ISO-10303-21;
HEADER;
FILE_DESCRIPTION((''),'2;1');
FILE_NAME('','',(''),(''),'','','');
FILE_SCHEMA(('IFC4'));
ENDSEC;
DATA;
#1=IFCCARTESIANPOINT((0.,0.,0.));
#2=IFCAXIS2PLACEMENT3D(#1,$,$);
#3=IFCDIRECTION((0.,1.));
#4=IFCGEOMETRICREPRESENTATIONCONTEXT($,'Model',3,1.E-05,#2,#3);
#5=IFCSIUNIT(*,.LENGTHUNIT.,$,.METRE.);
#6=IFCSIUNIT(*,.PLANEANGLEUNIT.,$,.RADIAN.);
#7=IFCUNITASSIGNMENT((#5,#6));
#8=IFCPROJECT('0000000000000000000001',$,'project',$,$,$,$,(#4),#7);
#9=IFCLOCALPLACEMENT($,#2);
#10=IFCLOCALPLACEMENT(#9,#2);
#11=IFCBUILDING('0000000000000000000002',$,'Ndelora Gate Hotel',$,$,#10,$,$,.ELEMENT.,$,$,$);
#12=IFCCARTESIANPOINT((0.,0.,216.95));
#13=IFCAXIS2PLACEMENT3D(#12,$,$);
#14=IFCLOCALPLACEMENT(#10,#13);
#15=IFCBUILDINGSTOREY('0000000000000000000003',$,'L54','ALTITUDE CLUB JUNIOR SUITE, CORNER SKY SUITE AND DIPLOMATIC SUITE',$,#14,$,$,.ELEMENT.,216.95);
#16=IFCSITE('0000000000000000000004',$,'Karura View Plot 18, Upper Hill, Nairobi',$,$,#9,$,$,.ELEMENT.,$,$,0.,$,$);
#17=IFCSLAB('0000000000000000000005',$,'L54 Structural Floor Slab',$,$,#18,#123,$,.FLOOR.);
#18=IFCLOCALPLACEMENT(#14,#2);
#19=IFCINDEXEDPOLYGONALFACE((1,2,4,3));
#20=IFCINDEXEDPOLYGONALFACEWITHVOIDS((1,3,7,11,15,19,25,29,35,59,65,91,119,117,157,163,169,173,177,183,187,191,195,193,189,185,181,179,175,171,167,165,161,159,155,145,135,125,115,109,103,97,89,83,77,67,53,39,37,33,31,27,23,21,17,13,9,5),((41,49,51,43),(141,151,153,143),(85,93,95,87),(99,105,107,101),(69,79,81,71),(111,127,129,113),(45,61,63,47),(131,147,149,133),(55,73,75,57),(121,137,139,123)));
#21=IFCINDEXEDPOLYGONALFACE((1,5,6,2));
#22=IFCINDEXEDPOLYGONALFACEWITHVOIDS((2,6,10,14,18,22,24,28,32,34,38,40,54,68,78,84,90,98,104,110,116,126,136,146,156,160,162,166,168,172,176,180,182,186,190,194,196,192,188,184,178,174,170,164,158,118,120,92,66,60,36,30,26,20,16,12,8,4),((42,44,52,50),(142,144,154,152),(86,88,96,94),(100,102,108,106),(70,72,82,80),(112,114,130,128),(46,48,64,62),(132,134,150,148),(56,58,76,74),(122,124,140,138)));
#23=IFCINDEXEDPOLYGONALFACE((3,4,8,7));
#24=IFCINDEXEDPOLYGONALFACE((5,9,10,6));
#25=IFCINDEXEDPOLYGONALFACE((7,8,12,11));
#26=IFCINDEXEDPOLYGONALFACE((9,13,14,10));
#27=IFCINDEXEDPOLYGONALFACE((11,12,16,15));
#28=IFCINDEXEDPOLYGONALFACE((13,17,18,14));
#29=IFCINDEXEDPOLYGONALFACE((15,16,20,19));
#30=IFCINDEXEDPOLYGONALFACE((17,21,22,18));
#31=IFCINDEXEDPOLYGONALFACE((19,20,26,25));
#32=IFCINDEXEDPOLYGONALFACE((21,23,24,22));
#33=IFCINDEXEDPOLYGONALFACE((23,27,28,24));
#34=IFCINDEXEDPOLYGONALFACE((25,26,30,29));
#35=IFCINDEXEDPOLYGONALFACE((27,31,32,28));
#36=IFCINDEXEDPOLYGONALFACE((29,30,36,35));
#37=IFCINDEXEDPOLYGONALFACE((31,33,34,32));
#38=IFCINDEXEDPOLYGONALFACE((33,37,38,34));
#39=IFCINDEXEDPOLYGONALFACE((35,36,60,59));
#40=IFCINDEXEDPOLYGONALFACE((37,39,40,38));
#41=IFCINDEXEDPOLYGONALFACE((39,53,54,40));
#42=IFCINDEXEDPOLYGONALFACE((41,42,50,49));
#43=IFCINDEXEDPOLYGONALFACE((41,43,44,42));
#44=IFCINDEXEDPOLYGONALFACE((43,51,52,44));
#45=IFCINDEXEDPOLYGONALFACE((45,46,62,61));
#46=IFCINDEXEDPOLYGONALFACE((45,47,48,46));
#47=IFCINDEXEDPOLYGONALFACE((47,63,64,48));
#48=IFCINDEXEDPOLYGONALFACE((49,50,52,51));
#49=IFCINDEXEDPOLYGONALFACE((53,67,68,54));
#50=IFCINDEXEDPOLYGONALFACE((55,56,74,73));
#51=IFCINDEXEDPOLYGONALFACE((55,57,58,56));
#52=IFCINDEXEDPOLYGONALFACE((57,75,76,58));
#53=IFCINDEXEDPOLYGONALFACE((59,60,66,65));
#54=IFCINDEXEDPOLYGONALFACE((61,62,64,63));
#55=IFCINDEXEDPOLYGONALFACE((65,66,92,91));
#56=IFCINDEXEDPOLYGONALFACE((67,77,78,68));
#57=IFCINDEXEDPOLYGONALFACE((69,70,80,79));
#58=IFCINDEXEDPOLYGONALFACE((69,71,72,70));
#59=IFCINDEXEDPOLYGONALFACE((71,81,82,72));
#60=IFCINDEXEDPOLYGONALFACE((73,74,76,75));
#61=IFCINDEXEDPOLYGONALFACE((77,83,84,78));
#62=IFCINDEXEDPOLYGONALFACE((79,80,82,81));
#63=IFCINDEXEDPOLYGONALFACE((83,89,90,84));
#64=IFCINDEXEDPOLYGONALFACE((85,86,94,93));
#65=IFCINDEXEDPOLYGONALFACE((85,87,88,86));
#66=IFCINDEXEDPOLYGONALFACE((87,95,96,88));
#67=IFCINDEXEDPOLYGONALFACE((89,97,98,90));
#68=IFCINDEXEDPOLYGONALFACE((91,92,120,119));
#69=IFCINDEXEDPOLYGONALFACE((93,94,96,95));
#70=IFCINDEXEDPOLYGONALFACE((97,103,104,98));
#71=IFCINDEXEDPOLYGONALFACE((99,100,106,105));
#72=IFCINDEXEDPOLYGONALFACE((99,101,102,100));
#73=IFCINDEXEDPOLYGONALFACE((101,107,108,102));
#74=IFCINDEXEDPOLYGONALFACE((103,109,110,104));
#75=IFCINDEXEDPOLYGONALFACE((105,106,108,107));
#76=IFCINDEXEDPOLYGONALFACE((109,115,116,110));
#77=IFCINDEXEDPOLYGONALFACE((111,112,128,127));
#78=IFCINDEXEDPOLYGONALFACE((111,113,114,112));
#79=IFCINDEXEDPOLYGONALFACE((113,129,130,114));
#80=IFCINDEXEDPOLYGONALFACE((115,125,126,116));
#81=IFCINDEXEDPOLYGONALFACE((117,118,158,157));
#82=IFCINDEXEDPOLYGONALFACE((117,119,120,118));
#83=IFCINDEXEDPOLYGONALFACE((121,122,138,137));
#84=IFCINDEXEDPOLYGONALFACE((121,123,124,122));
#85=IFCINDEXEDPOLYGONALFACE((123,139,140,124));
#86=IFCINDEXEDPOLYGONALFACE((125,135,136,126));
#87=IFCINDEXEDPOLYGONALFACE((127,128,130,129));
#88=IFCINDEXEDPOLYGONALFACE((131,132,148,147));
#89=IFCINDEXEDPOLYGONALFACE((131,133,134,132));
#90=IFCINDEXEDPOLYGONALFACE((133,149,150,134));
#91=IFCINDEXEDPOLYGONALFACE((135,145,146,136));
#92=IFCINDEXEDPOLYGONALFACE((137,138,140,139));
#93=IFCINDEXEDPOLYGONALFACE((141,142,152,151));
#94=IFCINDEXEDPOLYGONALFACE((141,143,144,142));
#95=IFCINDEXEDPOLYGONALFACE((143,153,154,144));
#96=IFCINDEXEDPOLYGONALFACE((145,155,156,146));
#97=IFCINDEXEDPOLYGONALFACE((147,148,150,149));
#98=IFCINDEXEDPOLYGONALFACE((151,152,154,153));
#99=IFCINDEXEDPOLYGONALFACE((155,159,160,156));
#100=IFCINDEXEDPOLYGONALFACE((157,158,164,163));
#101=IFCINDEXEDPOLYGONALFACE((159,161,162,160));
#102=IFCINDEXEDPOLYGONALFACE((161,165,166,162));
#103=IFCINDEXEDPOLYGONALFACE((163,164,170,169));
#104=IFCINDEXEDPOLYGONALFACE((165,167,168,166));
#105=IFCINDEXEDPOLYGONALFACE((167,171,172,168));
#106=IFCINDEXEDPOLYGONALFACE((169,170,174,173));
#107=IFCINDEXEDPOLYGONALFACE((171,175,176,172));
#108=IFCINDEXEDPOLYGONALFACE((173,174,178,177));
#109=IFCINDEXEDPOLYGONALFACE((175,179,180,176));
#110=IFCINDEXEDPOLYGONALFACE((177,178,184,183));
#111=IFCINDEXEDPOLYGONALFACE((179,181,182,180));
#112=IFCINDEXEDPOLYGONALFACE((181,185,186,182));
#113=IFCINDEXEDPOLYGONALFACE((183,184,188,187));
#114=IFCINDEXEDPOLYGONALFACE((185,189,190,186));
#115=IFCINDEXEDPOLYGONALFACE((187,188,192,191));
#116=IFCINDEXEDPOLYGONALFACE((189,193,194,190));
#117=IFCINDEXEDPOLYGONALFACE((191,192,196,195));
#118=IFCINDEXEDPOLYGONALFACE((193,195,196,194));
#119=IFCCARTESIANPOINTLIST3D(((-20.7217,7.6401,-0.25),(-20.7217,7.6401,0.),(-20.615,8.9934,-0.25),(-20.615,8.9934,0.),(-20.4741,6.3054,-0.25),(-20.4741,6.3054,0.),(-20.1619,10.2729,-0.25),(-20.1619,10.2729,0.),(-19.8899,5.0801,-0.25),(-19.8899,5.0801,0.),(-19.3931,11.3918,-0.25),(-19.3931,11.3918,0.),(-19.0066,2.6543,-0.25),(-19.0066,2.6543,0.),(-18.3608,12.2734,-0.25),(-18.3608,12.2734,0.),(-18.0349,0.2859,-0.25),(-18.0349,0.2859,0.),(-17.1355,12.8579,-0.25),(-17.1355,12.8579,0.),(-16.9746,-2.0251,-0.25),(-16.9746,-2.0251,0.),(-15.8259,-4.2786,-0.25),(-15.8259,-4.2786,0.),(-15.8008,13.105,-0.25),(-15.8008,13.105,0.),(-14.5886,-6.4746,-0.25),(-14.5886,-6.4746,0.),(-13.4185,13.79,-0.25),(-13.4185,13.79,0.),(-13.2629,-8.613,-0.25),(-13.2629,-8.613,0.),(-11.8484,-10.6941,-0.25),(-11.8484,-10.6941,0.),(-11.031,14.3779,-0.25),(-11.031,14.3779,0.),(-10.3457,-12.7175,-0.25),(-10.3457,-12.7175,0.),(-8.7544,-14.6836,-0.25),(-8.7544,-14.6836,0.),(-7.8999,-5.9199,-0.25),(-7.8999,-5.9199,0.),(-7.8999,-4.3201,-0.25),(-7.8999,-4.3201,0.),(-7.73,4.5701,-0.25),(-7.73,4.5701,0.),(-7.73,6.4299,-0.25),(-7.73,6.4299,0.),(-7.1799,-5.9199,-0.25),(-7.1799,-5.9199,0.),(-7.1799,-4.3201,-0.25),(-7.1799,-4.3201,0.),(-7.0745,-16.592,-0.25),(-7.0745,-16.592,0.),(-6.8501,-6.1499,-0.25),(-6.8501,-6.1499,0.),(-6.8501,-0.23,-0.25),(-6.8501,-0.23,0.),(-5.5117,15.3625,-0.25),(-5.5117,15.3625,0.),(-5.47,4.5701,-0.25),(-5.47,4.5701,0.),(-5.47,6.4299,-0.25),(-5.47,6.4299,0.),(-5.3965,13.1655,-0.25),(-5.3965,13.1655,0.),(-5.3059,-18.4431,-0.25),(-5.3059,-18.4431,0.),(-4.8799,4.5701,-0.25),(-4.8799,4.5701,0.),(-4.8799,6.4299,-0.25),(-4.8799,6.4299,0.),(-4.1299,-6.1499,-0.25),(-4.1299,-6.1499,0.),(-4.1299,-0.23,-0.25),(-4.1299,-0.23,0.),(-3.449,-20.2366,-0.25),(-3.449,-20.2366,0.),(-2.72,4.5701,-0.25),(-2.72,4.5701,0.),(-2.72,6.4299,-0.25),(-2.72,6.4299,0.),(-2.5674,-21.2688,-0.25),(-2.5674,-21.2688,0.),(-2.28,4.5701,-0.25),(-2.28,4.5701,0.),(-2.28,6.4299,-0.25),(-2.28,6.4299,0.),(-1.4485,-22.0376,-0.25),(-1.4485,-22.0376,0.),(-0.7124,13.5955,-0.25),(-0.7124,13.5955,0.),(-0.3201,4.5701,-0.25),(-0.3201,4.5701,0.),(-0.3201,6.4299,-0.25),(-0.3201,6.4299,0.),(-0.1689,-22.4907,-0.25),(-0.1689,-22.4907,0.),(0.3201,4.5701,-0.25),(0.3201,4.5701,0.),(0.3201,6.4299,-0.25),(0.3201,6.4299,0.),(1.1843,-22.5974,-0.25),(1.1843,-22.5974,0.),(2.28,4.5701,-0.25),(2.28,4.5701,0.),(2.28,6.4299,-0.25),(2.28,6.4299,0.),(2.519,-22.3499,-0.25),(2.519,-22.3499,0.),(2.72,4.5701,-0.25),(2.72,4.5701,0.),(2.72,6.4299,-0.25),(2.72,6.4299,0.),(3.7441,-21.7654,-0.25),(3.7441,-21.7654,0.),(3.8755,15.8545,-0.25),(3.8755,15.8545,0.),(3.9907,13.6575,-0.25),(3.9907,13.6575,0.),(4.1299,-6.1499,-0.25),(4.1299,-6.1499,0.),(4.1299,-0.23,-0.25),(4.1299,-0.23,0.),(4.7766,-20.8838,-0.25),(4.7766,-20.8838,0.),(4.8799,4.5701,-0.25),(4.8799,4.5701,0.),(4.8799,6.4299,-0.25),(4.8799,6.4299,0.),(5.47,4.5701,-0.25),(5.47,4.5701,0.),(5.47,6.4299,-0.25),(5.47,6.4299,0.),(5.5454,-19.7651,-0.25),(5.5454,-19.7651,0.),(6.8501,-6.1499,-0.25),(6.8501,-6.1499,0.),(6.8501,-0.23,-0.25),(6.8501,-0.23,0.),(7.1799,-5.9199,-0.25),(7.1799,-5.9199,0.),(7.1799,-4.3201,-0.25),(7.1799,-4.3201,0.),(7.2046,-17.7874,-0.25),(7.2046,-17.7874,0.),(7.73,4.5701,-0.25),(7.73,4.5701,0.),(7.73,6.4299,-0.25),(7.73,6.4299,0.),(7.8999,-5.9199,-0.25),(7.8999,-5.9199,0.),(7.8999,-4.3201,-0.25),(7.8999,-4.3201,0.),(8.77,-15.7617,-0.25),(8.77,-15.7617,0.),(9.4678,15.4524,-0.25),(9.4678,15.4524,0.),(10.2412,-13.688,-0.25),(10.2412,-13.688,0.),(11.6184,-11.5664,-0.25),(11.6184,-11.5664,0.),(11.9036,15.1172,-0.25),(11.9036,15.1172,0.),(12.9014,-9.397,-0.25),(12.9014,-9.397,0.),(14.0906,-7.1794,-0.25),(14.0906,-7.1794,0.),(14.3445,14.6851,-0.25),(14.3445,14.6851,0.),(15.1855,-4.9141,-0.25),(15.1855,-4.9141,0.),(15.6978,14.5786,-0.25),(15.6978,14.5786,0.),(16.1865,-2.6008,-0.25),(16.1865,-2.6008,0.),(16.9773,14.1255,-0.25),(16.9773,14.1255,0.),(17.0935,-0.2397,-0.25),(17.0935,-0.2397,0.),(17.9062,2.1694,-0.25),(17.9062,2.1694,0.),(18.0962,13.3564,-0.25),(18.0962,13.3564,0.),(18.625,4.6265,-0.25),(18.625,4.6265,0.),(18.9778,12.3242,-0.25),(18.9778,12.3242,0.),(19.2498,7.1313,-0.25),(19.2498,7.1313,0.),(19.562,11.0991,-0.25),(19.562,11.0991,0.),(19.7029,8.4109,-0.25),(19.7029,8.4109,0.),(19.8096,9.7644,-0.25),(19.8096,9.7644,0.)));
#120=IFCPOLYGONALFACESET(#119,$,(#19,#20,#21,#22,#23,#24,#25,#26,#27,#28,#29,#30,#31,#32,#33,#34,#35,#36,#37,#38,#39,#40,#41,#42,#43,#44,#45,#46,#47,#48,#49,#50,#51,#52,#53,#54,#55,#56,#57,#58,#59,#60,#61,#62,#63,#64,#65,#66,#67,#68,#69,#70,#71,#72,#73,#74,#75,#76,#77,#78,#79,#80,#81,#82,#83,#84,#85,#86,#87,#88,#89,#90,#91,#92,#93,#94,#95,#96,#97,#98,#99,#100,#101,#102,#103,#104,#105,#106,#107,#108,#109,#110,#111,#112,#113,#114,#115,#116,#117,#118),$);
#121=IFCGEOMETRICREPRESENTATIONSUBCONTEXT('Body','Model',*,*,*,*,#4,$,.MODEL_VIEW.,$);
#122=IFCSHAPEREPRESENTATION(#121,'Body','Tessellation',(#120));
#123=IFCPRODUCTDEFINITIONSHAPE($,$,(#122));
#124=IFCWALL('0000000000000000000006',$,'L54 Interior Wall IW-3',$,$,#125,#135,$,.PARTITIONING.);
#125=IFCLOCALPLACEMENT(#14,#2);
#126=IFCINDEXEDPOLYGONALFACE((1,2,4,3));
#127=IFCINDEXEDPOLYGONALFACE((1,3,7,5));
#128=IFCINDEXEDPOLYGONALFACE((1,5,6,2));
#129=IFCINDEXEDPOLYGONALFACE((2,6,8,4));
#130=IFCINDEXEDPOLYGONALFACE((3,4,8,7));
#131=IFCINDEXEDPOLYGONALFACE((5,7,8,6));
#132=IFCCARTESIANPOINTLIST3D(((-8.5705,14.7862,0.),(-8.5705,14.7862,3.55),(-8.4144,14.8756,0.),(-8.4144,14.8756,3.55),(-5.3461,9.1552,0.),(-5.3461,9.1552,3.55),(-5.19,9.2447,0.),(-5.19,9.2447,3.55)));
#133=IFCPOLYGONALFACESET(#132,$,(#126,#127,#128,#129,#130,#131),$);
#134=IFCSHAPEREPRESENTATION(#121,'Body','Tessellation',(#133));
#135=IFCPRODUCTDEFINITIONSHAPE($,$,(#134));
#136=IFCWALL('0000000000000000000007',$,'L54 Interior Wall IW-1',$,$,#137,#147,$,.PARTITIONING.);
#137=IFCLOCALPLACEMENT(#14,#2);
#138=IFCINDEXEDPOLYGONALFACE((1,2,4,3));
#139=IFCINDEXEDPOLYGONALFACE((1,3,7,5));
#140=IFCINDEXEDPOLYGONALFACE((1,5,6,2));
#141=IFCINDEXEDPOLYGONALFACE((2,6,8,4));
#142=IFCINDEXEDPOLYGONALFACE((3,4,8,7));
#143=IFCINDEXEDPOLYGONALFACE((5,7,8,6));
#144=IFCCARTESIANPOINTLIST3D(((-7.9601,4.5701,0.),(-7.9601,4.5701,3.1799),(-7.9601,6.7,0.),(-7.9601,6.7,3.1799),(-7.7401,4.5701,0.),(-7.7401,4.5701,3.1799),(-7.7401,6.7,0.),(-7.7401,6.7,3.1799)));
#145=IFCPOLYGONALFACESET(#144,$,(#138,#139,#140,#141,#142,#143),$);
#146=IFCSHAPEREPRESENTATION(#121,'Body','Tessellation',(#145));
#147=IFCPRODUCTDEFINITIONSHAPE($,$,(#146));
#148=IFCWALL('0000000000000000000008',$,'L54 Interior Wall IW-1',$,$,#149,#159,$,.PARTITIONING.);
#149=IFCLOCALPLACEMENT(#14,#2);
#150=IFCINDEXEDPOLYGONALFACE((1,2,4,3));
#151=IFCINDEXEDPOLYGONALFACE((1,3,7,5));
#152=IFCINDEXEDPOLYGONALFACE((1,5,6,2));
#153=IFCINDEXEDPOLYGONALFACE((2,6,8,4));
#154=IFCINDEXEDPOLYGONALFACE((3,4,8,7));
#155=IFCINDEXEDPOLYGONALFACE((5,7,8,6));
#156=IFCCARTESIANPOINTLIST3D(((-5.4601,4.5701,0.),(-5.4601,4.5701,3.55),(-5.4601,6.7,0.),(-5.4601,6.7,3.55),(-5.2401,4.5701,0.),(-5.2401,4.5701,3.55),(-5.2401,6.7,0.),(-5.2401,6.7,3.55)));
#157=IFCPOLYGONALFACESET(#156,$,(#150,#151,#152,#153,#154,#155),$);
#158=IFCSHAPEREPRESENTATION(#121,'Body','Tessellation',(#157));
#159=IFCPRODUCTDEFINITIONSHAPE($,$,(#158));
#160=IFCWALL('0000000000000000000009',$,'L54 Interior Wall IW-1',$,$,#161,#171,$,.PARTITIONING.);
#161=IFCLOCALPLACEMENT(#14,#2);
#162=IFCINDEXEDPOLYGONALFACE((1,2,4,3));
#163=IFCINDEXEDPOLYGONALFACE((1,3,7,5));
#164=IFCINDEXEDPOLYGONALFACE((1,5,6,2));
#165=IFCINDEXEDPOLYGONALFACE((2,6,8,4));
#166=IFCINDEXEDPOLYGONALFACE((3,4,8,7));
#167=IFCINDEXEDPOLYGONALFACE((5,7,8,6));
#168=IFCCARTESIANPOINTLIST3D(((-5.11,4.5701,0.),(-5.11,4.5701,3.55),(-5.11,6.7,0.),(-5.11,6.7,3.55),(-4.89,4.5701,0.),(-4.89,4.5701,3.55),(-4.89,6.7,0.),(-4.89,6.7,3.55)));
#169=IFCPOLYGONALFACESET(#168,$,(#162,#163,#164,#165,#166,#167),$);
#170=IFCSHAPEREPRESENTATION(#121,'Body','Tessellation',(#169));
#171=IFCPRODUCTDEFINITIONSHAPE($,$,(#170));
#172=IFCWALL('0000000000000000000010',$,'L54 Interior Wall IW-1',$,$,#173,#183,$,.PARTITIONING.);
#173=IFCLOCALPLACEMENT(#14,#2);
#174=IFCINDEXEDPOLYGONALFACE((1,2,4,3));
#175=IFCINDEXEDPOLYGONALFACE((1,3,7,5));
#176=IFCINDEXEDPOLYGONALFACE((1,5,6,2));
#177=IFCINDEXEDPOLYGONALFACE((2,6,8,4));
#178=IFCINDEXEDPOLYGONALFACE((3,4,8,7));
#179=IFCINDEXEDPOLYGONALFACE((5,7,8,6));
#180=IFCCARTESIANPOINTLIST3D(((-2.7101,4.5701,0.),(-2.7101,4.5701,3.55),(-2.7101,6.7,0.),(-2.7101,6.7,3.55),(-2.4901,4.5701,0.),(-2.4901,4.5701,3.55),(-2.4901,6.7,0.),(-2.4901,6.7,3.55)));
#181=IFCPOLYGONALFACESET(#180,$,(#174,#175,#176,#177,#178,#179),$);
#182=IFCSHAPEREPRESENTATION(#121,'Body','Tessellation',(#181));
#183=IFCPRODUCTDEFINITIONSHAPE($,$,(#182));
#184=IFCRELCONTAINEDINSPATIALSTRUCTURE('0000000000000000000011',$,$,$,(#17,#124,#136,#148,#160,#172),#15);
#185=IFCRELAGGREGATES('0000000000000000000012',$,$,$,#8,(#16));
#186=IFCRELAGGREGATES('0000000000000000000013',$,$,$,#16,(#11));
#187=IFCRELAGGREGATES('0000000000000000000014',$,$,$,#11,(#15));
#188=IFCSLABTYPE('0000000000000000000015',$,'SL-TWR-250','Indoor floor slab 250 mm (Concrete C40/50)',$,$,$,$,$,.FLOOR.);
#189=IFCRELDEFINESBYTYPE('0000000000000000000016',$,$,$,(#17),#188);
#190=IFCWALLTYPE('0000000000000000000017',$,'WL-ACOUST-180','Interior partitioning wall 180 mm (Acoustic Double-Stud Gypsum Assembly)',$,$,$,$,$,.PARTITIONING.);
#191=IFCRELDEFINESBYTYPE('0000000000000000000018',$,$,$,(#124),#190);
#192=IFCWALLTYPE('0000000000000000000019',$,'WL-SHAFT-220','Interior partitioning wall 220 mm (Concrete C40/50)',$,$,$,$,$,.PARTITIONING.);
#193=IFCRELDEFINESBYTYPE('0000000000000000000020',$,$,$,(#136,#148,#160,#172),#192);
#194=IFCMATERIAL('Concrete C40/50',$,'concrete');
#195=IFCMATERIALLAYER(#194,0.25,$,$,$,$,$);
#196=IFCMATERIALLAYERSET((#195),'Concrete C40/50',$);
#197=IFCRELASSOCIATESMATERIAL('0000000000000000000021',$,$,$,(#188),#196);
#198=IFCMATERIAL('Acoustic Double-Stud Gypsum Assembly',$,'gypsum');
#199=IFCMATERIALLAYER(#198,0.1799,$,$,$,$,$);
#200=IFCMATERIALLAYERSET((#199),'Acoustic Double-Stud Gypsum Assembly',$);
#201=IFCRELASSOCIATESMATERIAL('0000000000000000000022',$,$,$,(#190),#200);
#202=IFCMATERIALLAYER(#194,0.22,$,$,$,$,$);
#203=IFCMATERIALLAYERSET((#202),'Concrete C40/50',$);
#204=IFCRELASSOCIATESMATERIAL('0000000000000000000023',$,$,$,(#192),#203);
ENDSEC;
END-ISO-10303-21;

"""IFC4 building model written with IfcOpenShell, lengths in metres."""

from ifc_helpers import new_model, si_unit, direction, frame, frame_2d, origin, place, context, subcontext, project, spatial, polyline, rectangle, outline, extrude, material, layer, layer_set, type_object, element, save


model = new_model("IFC4")

# Units and contexts
model_context = context("Model", 3, precision=1e-05, world=origin(), true_north=direction((0.0, 1.0)))
body_context = subcontext(model_context, "Body", "Model", "MODEL_VIEW")
ifc_project = project(units=[si_unit("LENGTHUNIT", "METRE"), si_unit("PLANEANGLEUNIT", "RADIAN")], contexts=[model_context])

# Site, building, storey
site_placement = place(None, origin())
site = spatial("IfcSite", under=ifc_project, at=site_placement, Name="Karura View Plot 18, Upper Hill, Nairobi", CompositionType="ELEMENT", RefElevation=0.0)
building_placement = place(site_placement, origin())
building = spatial("IfcBuilding", under=site, at=building_placement, Name="Ndelora Gate Hotel", CompositionType="ELEMENT")
storey_placement = place(building_placement, frame((0.0, 0.0, 216.95)))
storey = spatial("IfcBuildingStorey", under=building, at=storey_placement, Name="L54", Description="ALTITUDE CLUB JUNIOR SUITE, CORNER SKY SUITE AND DIPLOMATIC SUITE", CompositionType="ELEMENT", Elevation=216.95)

# Slab
ifc_material_1 = material(Name="Concrete C40/50", Category="concrete")
ifc_layer_1 = layer(ifc_material_1, 0.25)
ifc_layer_set_1 = layer_set([ifc_layer_1], Name="Concrete C40/50")
slab_type_1 = type_object("IfcSlabType", Name="SL-TWR-250", Description="Indoor floor slab 250 mm (Concrete C40/50)", PredefinedType="FLOOR", material=ifc_layer_set_1)
slab_1_placement = place(storey_placement, frame((0.0, 0.0, -0.25)))
element("IfcSlab", 1, at=slab_1_placement, inside=storey, type_object=slab_type_1, Name="L54 Structural Floor Slab", PredefinedType="FLOOR", context=body_context, shape_type="SweptSolid", body=[
    extrude(outline(polyline([(-15.8008, 13.105), (-17.1355, 12.8579), (-18.3608, 12.2734), (-19.3931, 11.3918), (-20.1619, 10.2729), (-20.615, 8.9934), (-20.7217, 7.6401), (-20.4741, 6.3054), (-19.8899, 5.0801), (-19.0066, 2.6543), (-18.0349, 0.2859), (-16.9746, -2.0251), (-15.8259, -4.2786), (-14.5886, -6.4746), (-13.2629, -8.613), (-11.8484, -10.6941), (-10.3457, -12.7175), (-8.7544, -14.6836), (-7.0745, -16.592), (-5.3059, -18.4431), (-3.449, -20.2366), (-2.5674, -21.2688), (-1.4485, -22.0376), (-0.1689, -22.4907), (1.1843, -22.5974), (2.519, -22.3499), (3.7441, -21.7654), (4.7766, -20.8838), (5.5454, -19.7651), (7.2046, -17.7874), (8.77, -15.7617), (10.2412, -13.688), (11.6184, -11.5664), (12.9014, -9.397), (14.0906, -7.1794), (15.1855, -4.9141), (16.1865, -2.6008), (17.0935, -0.2397), (17.9062, 2.1694), (18.625, 4.6265), (19.2498, 7.1313), (19.7029, 8.4109), (19.8096, 9.7644), (19.562, 11.0991), (18.9778, 12.3242), (18.0962, 13.3564), (16.9773, 14.1255), (15.6978, 14.5786), (14.3445, 14.6851), (11.9036, 15.1172), (9.4678, 15.4524), (3.8755, 15.8545), (3.9907, 13.6575), (-0.7124, 13.5955), (-5.3965, 13.1655), (-5.5117, 15.3625), (-11.031, 14.3779), (-13.4185, 13.79), (-15.8008, 13.105)]), holes=[polyline([(-6.8501, -0.23), (-6.8501, -6.1499), (-4.1299, -6.1499), (-4.1299, -0.23), (-6.8501, -0.23)]), polyline([(4.1299, -0.23), (4.1299, -6.1499), (6.8501, -6.1499), (6.8501, -0.23), (4.1299, -0.23)]), polyline([(-7.73, 4.5701), (-5.47, 4.5701), (-5.47, 6.4299), (-7.73, 6.4299), (-7.73, 4.5701)]), polyline([(5.47, 4.5701), (7.73, 4.5701), (7.73, 6.4299), (5.47, 6.4299), (5.47, 4.5701)]), polyline([(-4.8799, 4.5701), (-2.72, 4.5701), (-2.72, 6.4299), (-4.8799, 6.4299), (-4.8799, 4.5701)]), polyline([(2.72, 4.5701), (4.8799, 4.5701), (4.8799, 6.4299), (2.72, 6.4299), (2.72, 4.5701)]), polyline([(-2.28, 4.5701), (-0.3201, 4.5701), (-0.3201, 6.4299), (-2.28, 6.4299), (-2.28, 4.5701)]), polyline([(0.3201, 4.5701), (2.28, 4.5701), (2.28, 6.4299), (0.3201, 6.4299), (0.3201, 4.5701)]), polyline([(-7.8999, -5.9199), (-7.1799, -5.9199), (-7.1799, -4.3201), (-7.8999, -4.3201), (-7.8999, -5.9199)]), polyline([(7.1799, -5.9199), (7.8999, -5.9199), (7.8999, -4.3201), (7.1799, -4.3201), (7.1799, -5.9199)])]), origin(), (0.0, 0.0, 1.0), 0.25),
])

# Wall
ifc_material_2 = material(Name="Acoustic Double-Stud Gypsum Assembly", Category="gypsum")
ifc_layer_2 = layer(ifc_material_2, 0.1799)
ifc_layer_set_2 = layer_set([ifc_layer_2], Name="Acoustic Double-Stud Gypsum Assembly")
wall_type_1 = type_object("IfcWallType", Name="WL-ACOUST-180", Description="Interior partitioning wall 180 mm (Acoustic Double-Stud Gypsum Assembly)", PredefinedType="PARTITIONING", material=ifc_layer_set_2)
wall_1_placement = place(storey_placement, frame((-5.2681, 9.2, 0.0), z_axis=(0.0, 0.0, 1.0), x_axis=(-0.496921, 0.867796, 0.0)))
element("IfcWall", 2, at=wall_1_placement, inside=storey, type_object=wall_type_1, Name="L54 Interior Wall IW-3", PredefinedType="PARTITIONING", context=body_context, shape_type="SweptSolid", body=[
    extrude(rectangle(XDim=6.4888, YDim=0.1799, at=frame_2d((3.2444, 0.0))), origin(), (0.0, 0.0, 1.0), 3.55),
])

# Walls
ifc_layer_3 = layer(ifc_material_1, 0.22)
ifc_layer_set_3 = layer_set([ifc_layer_3], Name="Concrete C40/50")
wall_type_2 = type_object("IfcWallType", Name="WL-SHAFT-220", Description="Interior partitioning wall 220 mm (Concrete C40/50)", PredefinedType="PARTITIONING", material=ifc_layer_set_3)
wall_2_placement = place(storey_placement, frame((-7.8501, 4.5701, 0.0), z_axis=(0.0, 0.0, 1.0), x_axis=(0.0, 1.0, 0.0)))
element("IfcWall", 3, at=wall_2_placement, inside=storey, type_object=wall_type_2, Name="L54 Interior Wall IW-1", PredefinedType="PARTITIONING", context=body_context, shape_type="SweptSolid", body=[
    extrude(rectangle(XDim=2.1299, YDim=0.22, at=frame_2d((1.0649, 0.0))), origin(), (0.0, 0.0, 1.0), 3.1799),
])
wall_3_placement = place(storey_placement, frame((-5.3501, 4.5701, 0.0), z_axis=(0.0, 0.0, 1.0), x_axis=(0.0, 1.0, 0.0)))
element("IfcWall", 4, at=wall_3_placement, inside=storey, type_object=wall_type_2, Name="L54 Interior Wall IW-1", PredefinedType="PARTITIONING", context=body_context, shape_type="SweptSolid", body=[
    extrude(rectangle(XDim=2.1299, YDim=0.22, at=frame_2d((1.0649, 0.0))), origin(), (0.0, 0.0, 1.0), 3.55),
])

# Walls
for number, where, z_axis, x_axis, name in (
    (5, (-5.0, 4.5701, 0.0), (0.0, 0.0, 1.0), (0.0, 1.0, 0.0), "L54 Interior Wall IW-1"),
    (6, (-2.6001, 4.5701, 0.0), (0.0, 0.0, 1.0), (0.0, 1.0, 0.0), "L54 Interior Wall IW-1"),
):
    element("IfcWall", number, at=place(storey_placement, frame(where, z_axis=z_axis, x_axis=x_axis)), inside=storey, type_object=wall_type_2, Name=name, PredefinedType="PARTITIONING", context=body_context, shape_type="SweptSolid", body=[
        extrude(rectangle(XDim=2.1299, YDim=0.22, at=frame_2d((1.0649, 0.0))), origin(), (0.0, 0.0, 1.0), 3.55),
    ])

save(model, "model.ifc")
